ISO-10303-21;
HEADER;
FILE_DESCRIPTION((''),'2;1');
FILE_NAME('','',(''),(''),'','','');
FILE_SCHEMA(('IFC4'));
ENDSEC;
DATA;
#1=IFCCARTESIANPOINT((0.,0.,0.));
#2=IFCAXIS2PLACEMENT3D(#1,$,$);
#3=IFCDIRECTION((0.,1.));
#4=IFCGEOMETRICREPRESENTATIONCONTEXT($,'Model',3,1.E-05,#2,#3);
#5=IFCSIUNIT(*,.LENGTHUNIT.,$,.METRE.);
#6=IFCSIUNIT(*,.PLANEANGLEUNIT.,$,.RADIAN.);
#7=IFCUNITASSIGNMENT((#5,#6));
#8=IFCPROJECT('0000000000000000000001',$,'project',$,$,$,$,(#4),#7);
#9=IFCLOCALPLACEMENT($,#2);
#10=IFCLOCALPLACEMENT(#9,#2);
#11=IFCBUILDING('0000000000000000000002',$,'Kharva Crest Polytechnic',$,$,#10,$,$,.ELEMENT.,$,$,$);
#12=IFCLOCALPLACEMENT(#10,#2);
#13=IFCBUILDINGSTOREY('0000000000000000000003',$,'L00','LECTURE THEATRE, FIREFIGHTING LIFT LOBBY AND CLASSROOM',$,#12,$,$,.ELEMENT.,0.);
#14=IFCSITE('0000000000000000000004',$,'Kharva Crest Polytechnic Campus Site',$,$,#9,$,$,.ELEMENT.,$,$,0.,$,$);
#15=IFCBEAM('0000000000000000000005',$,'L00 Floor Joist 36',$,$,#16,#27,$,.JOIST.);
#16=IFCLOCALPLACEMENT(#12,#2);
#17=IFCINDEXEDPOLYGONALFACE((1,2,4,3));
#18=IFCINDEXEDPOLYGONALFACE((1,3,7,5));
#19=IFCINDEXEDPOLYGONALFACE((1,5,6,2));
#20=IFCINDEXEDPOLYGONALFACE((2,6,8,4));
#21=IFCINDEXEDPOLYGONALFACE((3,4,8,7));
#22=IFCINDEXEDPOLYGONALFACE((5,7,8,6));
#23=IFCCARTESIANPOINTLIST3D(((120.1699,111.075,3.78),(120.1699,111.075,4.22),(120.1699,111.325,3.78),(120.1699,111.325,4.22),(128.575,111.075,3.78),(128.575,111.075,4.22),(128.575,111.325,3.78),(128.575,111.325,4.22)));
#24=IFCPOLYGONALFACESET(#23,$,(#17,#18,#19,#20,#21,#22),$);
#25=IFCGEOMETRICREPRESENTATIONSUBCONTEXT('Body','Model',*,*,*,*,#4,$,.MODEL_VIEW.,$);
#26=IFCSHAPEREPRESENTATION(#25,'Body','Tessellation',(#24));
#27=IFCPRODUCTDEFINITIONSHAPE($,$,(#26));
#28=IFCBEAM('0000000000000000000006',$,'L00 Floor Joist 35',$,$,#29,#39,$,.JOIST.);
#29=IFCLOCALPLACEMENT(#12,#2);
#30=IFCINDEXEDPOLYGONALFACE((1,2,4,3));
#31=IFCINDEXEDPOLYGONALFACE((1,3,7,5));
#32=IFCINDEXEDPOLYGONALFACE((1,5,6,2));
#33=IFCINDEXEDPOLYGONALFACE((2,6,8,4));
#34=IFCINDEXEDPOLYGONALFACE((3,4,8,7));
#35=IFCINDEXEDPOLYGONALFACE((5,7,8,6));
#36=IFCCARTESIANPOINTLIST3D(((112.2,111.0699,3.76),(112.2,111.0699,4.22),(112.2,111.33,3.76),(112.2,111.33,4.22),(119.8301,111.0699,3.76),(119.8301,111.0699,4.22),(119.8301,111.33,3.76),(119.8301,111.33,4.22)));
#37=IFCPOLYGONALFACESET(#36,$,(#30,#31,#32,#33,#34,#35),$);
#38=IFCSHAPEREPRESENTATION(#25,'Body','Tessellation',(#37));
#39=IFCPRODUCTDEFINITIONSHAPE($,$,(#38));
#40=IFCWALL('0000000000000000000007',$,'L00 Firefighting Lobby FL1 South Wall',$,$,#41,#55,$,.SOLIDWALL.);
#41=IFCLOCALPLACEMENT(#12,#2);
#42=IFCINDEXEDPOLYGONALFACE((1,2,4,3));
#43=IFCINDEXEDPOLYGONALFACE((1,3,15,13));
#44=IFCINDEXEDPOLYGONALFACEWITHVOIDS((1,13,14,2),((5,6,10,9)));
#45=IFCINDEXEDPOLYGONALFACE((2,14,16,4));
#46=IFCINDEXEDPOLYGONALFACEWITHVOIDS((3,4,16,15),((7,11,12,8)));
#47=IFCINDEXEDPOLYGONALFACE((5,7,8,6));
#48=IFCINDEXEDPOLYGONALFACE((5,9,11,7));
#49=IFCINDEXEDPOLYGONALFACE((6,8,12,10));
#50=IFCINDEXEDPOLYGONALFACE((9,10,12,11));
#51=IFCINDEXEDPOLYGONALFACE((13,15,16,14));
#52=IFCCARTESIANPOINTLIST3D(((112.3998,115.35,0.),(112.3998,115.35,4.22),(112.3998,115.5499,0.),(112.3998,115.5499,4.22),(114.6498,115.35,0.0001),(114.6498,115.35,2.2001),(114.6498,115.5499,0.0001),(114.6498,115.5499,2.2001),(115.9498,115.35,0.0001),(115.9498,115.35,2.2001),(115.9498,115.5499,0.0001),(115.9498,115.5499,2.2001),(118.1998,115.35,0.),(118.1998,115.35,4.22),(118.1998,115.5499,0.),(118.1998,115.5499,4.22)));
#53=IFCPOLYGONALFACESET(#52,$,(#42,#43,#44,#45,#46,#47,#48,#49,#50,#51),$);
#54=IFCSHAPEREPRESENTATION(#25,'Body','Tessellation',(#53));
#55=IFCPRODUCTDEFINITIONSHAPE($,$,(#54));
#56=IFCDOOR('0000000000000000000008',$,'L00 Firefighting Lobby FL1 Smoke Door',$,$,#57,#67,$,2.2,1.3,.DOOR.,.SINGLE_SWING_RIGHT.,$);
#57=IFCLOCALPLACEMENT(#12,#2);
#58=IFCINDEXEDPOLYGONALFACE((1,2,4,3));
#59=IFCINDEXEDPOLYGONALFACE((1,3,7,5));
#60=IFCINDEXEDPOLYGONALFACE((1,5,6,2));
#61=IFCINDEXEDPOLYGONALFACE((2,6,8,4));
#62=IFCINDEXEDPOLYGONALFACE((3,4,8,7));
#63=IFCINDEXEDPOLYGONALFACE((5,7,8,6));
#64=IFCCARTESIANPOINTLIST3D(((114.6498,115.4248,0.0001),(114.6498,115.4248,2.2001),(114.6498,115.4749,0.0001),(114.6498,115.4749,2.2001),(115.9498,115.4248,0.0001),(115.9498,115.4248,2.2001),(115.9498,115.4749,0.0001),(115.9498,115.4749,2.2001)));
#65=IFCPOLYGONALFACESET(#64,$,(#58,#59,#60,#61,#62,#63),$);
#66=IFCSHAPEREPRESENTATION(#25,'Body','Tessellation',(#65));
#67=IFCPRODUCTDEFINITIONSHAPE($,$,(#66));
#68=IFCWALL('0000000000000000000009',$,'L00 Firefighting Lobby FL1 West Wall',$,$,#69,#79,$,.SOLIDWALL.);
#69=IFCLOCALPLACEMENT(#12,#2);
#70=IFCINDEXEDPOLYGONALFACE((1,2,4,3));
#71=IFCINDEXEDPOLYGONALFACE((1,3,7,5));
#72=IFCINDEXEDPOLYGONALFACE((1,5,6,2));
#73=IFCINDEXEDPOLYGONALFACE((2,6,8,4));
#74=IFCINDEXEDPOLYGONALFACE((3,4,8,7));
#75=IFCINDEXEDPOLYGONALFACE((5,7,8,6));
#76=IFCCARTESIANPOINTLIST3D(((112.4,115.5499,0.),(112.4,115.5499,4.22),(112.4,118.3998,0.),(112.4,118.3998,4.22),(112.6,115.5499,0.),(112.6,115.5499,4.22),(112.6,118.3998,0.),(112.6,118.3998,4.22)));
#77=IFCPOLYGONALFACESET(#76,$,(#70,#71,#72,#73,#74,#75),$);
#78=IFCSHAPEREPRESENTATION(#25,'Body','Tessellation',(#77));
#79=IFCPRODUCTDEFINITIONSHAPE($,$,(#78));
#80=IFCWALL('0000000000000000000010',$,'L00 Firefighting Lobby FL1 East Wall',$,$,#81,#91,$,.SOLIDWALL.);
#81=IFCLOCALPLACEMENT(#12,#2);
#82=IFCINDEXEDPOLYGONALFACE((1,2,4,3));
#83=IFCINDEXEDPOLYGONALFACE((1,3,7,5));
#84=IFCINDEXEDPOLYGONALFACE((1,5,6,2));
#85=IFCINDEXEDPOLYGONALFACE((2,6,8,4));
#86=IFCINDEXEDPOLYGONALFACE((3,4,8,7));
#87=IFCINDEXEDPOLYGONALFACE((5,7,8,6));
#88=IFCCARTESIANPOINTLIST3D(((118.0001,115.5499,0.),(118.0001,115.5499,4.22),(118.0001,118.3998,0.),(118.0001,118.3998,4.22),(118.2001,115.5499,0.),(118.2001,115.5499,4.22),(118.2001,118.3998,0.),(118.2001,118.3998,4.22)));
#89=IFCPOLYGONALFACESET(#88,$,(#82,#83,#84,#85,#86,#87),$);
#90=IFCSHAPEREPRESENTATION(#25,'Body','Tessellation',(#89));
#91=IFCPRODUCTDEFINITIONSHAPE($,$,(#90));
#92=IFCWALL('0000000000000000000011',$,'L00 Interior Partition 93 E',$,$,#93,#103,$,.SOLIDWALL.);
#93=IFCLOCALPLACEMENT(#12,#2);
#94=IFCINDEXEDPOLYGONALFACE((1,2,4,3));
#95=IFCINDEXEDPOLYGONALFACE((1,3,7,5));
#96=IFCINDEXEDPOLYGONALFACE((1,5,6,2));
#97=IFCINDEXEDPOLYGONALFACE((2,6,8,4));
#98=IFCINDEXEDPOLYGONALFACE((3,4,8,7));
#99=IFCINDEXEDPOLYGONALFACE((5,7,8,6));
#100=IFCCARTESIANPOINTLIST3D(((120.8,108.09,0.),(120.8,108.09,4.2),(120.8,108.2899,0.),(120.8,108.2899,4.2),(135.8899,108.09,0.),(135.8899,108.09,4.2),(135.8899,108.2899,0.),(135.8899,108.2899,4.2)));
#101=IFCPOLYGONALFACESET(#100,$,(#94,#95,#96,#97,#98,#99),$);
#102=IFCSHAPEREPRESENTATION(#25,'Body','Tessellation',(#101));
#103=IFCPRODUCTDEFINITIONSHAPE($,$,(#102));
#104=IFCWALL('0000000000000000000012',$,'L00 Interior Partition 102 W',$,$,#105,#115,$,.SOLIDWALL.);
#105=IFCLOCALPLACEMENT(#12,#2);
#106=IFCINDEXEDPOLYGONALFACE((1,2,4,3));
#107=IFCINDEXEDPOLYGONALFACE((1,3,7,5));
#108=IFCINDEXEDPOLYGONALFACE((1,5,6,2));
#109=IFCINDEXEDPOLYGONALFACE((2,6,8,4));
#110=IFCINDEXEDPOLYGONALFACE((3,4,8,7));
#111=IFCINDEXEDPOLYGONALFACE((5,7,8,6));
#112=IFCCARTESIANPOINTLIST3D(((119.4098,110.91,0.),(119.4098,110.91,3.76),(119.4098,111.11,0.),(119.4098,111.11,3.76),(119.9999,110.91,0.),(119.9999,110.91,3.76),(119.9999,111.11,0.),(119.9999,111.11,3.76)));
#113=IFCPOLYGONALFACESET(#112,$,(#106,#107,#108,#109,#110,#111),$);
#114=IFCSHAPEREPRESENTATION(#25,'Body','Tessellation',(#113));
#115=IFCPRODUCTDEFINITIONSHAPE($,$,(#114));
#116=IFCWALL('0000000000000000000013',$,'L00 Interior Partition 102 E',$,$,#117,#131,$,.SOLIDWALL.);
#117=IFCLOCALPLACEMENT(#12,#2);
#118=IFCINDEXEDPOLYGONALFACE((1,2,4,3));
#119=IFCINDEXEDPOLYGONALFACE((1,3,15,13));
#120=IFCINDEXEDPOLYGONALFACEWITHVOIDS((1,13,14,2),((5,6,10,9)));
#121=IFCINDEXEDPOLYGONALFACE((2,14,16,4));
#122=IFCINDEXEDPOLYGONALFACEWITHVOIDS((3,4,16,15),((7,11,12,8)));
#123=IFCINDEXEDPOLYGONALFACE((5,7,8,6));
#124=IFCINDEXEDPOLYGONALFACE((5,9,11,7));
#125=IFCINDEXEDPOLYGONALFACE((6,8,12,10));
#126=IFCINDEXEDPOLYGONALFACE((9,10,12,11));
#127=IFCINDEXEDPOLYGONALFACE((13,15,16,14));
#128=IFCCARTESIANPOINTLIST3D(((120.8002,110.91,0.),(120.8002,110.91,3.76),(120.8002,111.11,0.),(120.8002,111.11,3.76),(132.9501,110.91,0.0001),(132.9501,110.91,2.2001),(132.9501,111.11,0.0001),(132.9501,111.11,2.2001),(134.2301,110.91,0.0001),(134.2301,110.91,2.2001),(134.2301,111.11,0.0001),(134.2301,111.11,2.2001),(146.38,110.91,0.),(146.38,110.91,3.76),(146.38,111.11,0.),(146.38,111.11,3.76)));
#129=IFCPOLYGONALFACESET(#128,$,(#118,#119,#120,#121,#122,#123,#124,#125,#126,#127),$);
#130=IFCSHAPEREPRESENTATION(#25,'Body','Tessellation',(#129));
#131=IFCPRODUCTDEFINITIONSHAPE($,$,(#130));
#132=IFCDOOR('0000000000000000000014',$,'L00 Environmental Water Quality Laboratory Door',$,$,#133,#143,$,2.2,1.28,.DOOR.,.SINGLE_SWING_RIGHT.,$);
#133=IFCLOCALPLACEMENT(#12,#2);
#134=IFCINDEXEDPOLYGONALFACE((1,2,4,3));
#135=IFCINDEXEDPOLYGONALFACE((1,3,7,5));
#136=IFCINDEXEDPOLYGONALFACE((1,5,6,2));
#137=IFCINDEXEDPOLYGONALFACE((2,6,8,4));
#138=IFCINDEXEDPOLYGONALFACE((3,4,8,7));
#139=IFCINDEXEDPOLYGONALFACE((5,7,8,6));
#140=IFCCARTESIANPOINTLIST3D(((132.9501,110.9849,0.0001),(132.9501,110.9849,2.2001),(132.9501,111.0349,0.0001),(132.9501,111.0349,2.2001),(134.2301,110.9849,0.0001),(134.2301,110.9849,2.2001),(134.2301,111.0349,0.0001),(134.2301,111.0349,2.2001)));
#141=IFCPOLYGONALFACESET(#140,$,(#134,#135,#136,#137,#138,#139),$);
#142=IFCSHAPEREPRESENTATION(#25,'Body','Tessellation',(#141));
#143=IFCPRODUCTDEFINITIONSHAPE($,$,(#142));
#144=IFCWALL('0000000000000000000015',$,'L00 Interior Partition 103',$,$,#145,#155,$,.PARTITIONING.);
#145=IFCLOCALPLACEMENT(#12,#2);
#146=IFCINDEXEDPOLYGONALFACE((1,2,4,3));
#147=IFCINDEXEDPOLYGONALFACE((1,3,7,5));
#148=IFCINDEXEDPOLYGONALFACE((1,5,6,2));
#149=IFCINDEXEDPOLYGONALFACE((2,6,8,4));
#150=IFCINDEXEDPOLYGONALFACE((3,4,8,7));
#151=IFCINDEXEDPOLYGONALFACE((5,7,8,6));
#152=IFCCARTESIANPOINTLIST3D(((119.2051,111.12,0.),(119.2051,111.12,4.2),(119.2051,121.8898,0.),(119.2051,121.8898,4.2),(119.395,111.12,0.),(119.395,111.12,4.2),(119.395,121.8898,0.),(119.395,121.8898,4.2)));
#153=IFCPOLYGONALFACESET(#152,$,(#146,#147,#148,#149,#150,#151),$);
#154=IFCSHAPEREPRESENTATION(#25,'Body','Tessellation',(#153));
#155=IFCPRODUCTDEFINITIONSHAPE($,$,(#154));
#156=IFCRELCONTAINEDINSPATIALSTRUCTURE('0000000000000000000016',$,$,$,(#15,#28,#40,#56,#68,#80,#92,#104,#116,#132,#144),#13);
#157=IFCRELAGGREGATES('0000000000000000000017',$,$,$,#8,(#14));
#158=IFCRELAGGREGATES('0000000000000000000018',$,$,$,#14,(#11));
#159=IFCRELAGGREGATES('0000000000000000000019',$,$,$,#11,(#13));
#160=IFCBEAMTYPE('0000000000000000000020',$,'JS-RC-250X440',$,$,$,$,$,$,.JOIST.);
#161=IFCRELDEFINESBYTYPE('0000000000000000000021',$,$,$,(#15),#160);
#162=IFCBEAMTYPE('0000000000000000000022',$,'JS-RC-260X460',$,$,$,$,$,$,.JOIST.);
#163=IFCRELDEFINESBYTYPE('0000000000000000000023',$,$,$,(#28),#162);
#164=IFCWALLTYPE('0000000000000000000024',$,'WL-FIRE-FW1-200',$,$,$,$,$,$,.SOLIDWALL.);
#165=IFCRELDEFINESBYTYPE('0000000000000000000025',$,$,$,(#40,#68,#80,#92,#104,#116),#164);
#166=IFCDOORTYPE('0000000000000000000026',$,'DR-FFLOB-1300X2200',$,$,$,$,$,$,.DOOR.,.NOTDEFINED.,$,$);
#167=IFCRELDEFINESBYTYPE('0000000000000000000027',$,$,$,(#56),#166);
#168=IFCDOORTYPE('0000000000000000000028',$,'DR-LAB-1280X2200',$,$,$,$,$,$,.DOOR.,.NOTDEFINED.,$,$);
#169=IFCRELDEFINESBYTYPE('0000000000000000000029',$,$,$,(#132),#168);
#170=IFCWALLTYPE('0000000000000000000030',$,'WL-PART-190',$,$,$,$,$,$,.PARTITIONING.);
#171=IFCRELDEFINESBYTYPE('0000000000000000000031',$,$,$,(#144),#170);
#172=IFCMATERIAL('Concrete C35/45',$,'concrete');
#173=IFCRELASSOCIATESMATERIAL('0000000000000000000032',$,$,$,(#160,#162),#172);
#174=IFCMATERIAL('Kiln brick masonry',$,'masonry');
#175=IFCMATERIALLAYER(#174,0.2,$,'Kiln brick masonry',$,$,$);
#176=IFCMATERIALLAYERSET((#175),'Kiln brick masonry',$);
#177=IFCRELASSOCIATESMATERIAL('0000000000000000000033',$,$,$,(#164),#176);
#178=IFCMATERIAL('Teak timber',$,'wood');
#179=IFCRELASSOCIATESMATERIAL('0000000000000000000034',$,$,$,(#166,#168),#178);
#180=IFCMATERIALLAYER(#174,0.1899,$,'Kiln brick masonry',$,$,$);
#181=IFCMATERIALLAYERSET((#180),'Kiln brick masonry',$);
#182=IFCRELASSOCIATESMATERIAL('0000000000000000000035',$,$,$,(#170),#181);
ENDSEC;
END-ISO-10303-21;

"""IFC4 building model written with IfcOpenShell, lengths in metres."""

from ifc_helpers import new_model, si_unit, direction, frame, frame_2d, origin, origin_2d, place, context, subcontext, project, spatial, rectangle, extrude, material, layer, layer_set, material_profile, profile_set, type_object, element, fill, save


model = new_model("IFC4")

# Units and contexts
model_context = context("Model", 3, precision=1e-05, world=origin(), true_north=direction((0.0, 1.0)))
body_context = subcontext(model_context, "Body", "Model", "MODEL_VIEW")
ifc_project = project(units=[si_unit("LENGTHUNIT", "METRE"), si_unit("PLANEANGLEUNIT", "RADIAN")], contexts=[model_context])

# Site, building, storey
site_placement = place(None, origin())
site = spatial("IfcSite", under=ifc_project, at=site_placement, Name="Kharva Crest Polytechnic Campus Site", CompositionType="ELEMENT", RefElevation=0.0)
building_placement = place(site_placement, origin())
building = spatial("IfcBuilding", under=site, at=building_placement, Name="Kharva Crest Polytechnic", CompositionType="ELEMENT")
storey_placement = place(building_placement, origin())
storey = spatial("IfcBuildingStorey", under=building, at=storey_placement, Name="L00", Description="LECTURE THEATRE, FIREFIGHTING LIFT LOBBY AND CLASSROOM", CompositionType="ELEMENT", Elevation=0.0)

# Shared definitions
ifc_material_1 = material(Name="Concrete C35/45", Category="concrete")

# Beams
ifc_material_profile_1 = material_profile(ifc_material_1, rectangle(XDim=0.25, YDim=0.4399, at=origin_2d()), Name="RECT 250 X 440")
ifc_profile_set_1 = profile_set([ifc_material_profile_1], Name="Concrete C35/45")
beam_type_1 = type_object("IfcBeamType", Name="JS-RC-250X440", PredefinedType="JOIST", material=ifc_profile_set_1)
beam_1_placement = place(storey_placement, frame((120.1699, 111.2, 4.0), z_axis=(1.0, 0.0, 0.0), x_axis=(0.0, 1.0, 0.0)))
element("IfcBeam", 1, at=beam_1_placement, inside=storey, type_object=beam_type_1, Name="L00 Floor Joist 36", PredefinedType="JOIST", context=body_context, shape_type="SweptSolid", body=[
    extrude(rectangle(XDim=0.25, YDim=0.4399, at=origin_2d()), origin(), (0.0, 0.0, 1.0), 8.405),
])
ifc_material_profile_2 = material_profile(ifc_material_1, rectangle(XDim=0.26, YDim=0.46, at=origin_2d()), Name="RECT 260 X 460")
ifc_profile_set_2 = profile_set([ifc_material_profile_2], Name="Concrete C35/45")
beam_type_2 = type_object("IfcBeamType", Name="JS-RC-260X460", PredefinedType="JOIST", material=ifc_profile_set_2)
beam_2_placement = place(storey_placement, frame((112.2, 111.2, 3.99), z_axis=(1.0, 0.0, 0.0), x_axis=(0.0, 1.0, 0.0)))
element("IfcBeam", 2, at=beam_2_placement, inside=storey, type_object=beam_type_2, Name="L00 Floor Joist 35", PredefinedType="JOIST", context=body_context, shape_type="SweptSolid", body=[
    extrude(rectangle(XDim=0.26, YDim=0.46, at=origin_2d()), origin(), (0.0, 0.0, 1.0), 7.6301),
])

# Wall, opening, door
ifc_material_2 = material(Name="Kiln brick masonry", Category="masonry")
ifc_layer_1 = layer(ifc_material_2, 0.2, Name="Kiln brick masonry")
ifc_layer_set_1 = layer_set([ifc_layer_1], Name="Kiln brick masonry")
wall_type_1 = type_object("IfcWallType", Name="WL-FIRE-FW1-200", PredefinedType="SOLIDWALL", material=ifc_layer_set_1)
wall_1_placement = place(storey_placement, frame((112.3999, 115.45, 0.0), z_axis=(0.0, 0.0, 1.0), x_axis=(1.0, 0.0, 0.0)))
wall_1 = element("IfcWall", 3, at=wall_1_placement, inside=storey, type_object=wall_type_1, Name="L00 Firefighting Lobby FL1 South Wall", PredefinedType="SOLIDWALL", context=body_context, shape_type="SweptSolid", body=[
    extrude(rectangle(XDim=5.8, YDim=0.2, at=frame_2d((2.8999, 0.0))), origin(), (0.0, 0.0, 1.0), 4.22),
])
opening_1_placement = place(wall_1_placement, frame((2.25, 0.0, 0.0)))
opening_1 = element("IfcOpeningElement", 4, at=opening_1_placement, cuts=wall_1, PredefinedType="OPENING", context=body_context, shape_type="SweptSolid", body=[
    extrude(rectangle(XDim=1.3, YDim=2.2, at=frame_2d((0.6499, 1.1001))), frame((0.0, 0.1099, 0.0), z_axis=(0.0, -1.0, 0.0), x_axis=(1.0, 0.0, 0.0)), (0.0, 0.0, 1.0), 0.22),
])
ifc_material_3 = material(Name="Teak timber", Category="wood")
door_type_1 = type_object("IfcDoorType", Name="DR-FFLOB-1300X2200", OperationType="NOTDEFINED", PredefinedType="DOOR", material=ifc_material_3)
door_1_placement = place(opening_1_placement, origin())
door_1 = element("IfcDoor", 5, at=door_1_placement, inside=storey, type_object=door_type_1, Name="L00 Firefighting Lobby FL1 Smoke Door", OperationType="SINGLE_SWING_RIGHT", OverallHeight=2.2, OverallWidth=1.3, PredefinedType="DOOR", context=body_context, shape_type="SweptSolid", body=[
    extrude(rectangle(XDim=1.3, YDim=2.2, at=frame_2d((0.6499, 1.1001))), frame((0.0, 0.0249, 0.0), z_axis=(0.0, -1.0, 0.0), x_axis=(1.0, 0.0, 0.0)), (0.0, 0.0, 1.0), 0.05),
])
fill(opening_1, door_1)

# Walls
for number, where, z_axis, x_axis, name in (
    (6, (112.5, 115.55, 0.0), (0.0, 0.0, 1.0), (0.0, 1.0, 0.0), "L00 Firefighting Lobby FL1 West Wall"),
    (7, (118.1001, 115.55, 0.0), (0.0, 0.0, 1.0), (0.0, 1.0, 0.0), "L00 Firefighting Lobby FL1 East Wall"),
):
    element("IfcWall", number, at=place(storey_placement, frame(where, z_axis=z_axis, x_axis=x_axis)), inside=storey, type_object=wall_type_1, Name=name, PredefinedType="SOLIDWALL", context=body_context, shape_type="SweptSolid", body=[
        extrude(rectangle(XDim=2.8499, YDim=0.2, at=frame_2d((1.4248, 0.0))), origin(), (0.0, 0.0, 1.0), 4.22),
    ])
wall_2_placement = place(storey_placement, frame((120.8, 108.1899, 0.0), z_axis=(0.0, 0.0, 1.0), x_axis=(1.0, 0.0, 0.0)))
element("IfcWall", 8, at=wall_2_placement, inside=storey, type_object=wall_type_1, Name="L00 Interior Partition 93 E", PredefinedType="SOLIDWALL", context=body_context, shape_type="SweptSolid", body=[
    extrude(rectangle(XDim=15.0898, YDim=0.2, at=frame_2d((7.5449, 0.0))), origin(), (0.0, 0.0, 1.0), 4.2),
])
wall_3_placement = place(storey_placement, frame((119.4099, 111.01, 0.0), z_axis=(0.0, 0.0, 1.0), x_axis=(1.0, 0.0, 0.0)))
element("IfcWall", 9, at=wall_3_placement, inside=storey, type_object=wall_type_1, Name="L00 Interior Partition 102 W", PredefinedType="SOLIDWALL", context=body_context, shape_type="SweptSolid", body=[
    extrude(rectangle(XDim=0.5901, YDim=0.2, at=frame_2d((0.2949, 0.0))), origin(), (0.0, 0.0, 1.0), 3.76),
])

# Wall, opening, door
wall_4_placement = place(storey_placement, frame((120.8, 111.01, 0.0), z_axis=(0.0, 0.0, 1.0), x_axis=(1.0, 0.0, 0.0)))
wall_4 = element("IfcWall", 10, at=wall_4_placement, inside=storey, type_object=wall_type_1, Name="L00 Interior Partition 102 E", PredefinedType="SOLIDWALL", context=body_context, shape_type="SweptSolid", body=[
    extrude(rectangle(XDim=25.5798, YDim=0.2, at=frame_2d((12.79, 0.0))), origin(), (0.0, 0.0, 1.0), 3.76),
])
opening_2_placement = place(wall_4_placement, frame((12.1499, 0.0, 0.0)))
opening_2 = element("IfcOpeningElement", 11, at=opening_2_placement, cuts=wall_4, PredefinedType="OPENING", context=body_context, shape_type="SweptSolid", body=[
    extrude(rectangle(XDim=1.28, YDim=2.2, at=frame_2d((0.6401, 1.1001))), frame((0.0, 0.1099, 0.0), z_axis=(0.0, -1.0, 0.0), x_axis=(1.0, 0.0, 0.0)), (0.0, 0.0, 1.0), 0.22),
])
door_type_2 = type_object("IfcDoorType", Name="DR-LAB-1280X2200", OperationType="NOTDEFINED", PredefinedType="DOOR", material=ifc_material_3)
door_2_placement = place(opening_2_placement, origin())
door_2 = element("IfcDoor", 12, at=door_2_placement, inside=storey, type_object=door_type_2, Name="L00 Environmental Water Quality Laboratory Door", OperationType="SINGLE_SWING_RIGHT", OverallHeight=2.2, OverallWidth=1.28, PredefinedType="DOOR", context=body_context, shape_type="SweptSolid", body=[
    extrude(rectangle(XDim=1.28, YDim=2.2, at=frame_2d((0.6401, 1.1001))), frame((0.0, 0.0249, 0.0), z_axis=(0.0, -1.0, 0.0), x_axis=(1.0, 0.0, 0.0)), (0.0, 0.0, 1.0), 0.05),
])
fill(opening_2, door_2)

# Wall
ifc_layer_2 = layer(ifc_material_2, 0.1899, Name="Kiln brick masonry")
ifc_layer_set_2 = layer_set([ifc_layer_2], Name="Kiln brick masonry")
wall_type_2 = type_object("IfcWallType", Name="WL-PART-190", PredefinedType="PARTITIONING", material=ifc_layer_set_2)
wall_5_placement = place(storey_placement, frame((119.3, 111.1201, 0.0), z_axis=(0.0, 0.0, 1.0), x_axis=(0.0, 1.0, 0.0)))
element("IfcWall", 13, at=wall_5_placement, inside=storey, type_object=wall_type_2, Name="L00 Interior Partition 103", PredefinedType="PARTITIONING", context=body_context, shape_type="SweptSolid", body=[
    extrude(rectangle(XDim=10.7698, YDim=0.1899, at=frame_2d((5.3848, 0.0))), origin(), (0.0, 0.0, 1.0), 4.2),
])

save(model, "model.ifc")
